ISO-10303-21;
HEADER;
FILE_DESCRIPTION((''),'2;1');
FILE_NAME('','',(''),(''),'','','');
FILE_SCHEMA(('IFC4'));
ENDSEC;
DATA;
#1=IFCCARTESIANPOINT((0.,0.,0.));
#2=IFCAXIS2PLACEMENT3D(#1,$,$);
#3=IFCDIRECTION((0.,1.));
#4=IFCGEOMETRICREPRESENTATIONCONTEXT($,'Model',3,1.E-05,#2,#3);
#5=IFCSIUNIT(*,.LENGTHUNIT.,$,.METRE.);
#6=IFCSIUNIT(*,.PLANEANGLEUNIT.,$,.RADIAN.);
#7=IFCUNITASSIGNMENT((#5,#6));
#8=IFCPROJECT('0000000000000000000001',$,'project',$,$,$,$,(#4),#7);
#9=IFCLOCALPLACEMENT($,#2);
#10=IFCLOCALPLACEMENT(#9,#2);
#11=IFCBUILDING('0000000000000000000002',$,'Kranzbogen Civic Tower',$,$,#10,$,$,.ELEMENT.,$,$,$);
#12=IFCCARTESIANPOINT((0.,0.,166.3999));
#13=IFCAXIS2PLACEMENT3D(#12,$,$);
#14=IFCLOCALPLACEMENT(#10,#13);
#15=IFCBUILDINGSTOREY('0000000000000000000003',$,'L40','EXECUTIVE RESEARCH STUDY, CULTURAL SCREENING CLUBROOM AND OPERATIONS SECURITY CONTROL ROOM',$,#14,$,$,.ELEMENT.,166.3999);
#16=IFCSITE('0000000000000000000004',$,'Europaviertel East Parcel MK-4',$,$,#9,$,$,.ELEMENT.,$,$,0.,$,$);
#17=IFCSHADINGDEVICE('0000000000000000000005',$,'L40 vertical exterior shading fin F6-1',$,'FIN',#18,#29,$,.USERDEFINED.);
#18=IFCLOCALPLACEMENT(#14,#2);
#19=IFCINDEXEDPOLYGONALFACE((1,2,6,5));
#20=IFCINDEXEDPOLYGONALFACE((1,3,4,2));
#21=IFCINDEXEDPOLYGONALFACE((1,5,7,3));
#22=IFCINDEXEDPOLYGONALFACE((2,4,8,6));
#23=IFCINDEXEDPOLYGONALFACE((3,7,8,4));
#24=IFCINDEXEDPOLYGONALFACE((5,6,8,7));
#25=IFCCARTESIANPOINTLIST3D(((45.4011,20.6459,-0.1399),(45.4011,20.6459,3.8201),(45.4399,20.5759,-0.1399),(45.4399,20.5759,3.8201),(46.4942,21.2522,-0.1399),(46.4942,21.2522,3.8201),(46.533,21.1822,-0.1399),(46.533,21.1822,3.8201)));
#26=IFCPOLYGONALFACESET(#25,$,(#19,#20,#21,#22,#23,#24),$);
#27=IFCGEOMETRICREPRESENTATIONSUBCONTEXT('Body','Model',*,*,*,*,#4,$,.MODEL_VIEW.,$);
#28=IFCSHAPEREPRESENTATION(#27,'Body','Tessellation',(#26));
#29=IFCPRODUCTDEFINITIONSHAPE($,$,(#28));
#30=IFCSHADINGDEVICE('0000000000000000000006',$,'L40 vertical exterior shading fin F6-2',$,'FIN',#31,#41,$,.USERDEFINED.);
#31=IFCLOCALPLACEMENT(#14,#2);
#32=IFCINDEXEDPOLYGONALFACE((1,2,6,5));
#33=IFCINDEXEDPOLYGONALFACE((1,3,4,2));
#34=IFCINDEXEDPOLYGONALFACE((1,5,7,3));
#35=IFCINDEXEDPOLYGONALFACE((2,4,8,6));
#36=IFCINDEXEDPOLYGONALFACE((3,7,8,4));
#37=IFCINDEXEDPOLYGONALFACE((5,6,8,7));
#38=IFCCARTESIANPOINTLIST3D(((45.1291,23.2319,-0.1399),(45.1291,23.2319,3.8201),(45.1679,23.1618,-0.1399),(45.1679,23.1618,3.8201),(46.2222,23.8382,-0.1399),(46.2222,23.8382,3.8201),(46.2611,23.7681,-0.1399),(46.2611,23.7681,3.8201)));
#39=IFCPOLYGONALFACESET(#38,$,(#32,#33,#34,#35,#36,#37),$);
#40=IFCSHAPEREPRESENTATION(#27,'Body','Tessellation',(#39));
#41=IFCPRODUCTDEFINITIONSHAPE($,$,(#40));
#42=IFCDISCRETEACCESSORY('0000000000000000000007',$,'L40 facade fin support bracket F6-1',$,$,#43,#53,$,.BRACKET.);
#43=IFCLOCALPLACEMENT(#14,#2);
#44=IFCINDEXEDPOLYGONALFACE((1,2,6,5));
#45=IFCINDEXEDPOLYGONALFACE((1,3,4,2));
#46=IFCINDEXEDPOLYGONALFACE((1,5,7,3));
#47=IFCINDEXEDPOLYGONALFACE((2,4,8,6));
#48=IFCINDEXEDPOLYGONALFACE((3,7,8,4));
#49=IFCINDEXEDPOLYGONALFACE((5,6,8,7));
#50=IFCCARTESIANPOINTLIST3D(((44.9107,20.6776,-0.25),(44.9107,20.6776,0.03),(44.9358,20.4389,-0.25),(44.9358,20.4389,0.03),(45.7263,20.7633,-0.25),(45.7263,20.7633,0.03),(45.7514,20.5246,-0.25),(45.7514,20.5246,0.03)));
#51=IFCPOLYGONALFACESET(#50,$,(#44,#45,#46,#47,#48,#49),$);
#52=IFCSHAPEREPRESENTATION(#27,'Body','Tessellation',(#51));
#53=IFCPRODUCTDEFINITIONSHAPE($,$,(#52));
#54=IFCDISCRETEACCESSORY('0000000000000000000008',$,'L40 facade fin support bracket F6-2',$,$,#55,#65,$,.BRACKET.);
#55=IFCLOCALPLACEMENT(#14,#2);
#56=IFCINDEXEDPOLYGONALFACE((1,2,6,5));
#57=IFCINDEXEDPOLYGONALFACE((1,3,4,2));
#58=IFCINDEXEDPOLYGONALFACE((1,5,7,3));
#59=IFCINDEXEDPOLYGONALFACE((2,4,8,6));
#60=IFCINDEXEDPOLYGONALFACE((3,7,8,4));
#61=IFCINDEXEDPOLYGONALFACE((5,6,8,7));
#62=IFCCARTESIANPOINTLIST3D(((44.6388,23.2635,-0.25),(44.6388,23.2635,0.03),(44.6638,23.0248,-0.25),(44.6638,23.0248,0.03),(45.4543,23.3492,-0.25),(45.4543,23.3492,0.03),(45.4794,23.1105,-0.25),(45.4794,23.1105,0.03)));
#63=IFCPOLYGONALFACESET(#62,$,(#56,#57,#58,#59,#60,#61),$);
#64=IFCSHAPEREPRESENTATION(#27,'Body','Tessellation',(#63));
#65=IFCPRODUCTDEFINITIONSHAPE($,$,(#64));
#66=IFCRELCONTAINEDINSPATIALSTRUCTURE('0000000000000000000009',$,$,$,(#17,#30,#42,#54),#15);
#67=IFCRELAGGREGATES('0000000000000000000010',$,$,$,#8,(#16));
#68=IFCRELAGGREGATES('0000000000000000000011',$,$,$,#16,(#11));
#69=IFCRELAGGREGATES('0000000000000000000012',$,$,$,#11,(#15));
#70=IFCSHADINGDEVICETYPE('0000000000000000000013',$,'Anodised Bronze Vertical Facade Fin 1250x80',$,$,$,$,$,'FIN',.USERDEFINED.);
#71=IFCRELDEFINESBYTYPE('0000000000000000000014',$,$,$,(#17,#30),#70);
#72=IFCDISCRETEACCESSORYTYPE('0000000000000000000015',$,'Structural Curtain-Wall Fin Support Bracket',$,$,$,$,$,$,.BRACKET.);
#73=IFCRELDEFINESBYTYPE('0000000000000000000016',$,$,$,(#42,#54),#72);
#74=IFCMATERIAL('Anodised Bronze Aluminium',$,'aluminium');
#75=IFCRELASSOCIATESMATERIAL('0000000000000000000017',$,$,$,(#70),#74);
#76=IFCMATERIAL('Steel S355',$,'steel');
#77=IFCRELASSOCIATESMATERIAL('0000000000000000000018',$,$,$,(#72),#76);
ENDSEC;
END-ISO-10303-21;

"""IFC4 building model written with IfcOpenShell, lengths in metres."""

from ifc_helpers import new_model, si_unit, direction, frame, origin, origin_2d, place, context, subcontext, project, spatial, rectangle, extrude, material, type_object, element, save


model = new_model("IFC4")

# Units and contexts
model_context = context("Model", 3, precision=1e-05, world=origin(), true_north=direction((0.0, 1.0)))
body_context = subcontext(model_context, "Body", "Model", "MODEL_VIEW")
ifc_project = project(units=[si_unit("LENGTHUNIT", "METRE"), si_unit("PLANEANGLEUNIT", "RADIAN")], contexts=[model_context])

# Site, building, storey
site_placement = place(None, origin())
site = spatial("IfcSite", under=ifc_project, at=site_placement, Name="Europaviertel East Parcel MK-4", CompositionType="ELEMENT", RefElevation=0.0)
building_placement = place(site_placement, origin())
building = spatial("IfcBuilding", under=site, at=building_placement, Name="Kranzbogen Civic Tower", CompositionType="ELEMENT")
storey_placement = place(building_placement, frame((0.0, 0.0, 166.3999)))
storey = spatial("IfcBuildingStorey", under=building, at=storey_placement, Name="L40", Description="EXECUTIVE RESEARCH STUDY, CULTURAL SCREENING CLUBROOM AND OPERATIONS SECURITY CONTROL ROOM", CompositionType="ELEMENT", Elevation=166.3999)

# Shared definitions
ifc_material_1 = material(Name="Steel S355", Category="steel")

# Shading devices
ifc_material_2 = material(Name="Anodised Bronze Aluminium", Category="aluminium")
shading_device_type = type_object("IfcShadingDeviceType", Name="Anodised Bronze Vertical Facade Fin 1250x80", ElementType="FIN", PredefinedType="USERDEFINED", material=ifc_material_2)
for number, where, z_axis, x_axis, name in (
    (1, (45.967, 20.9141, -0.1399), (0.0, 0.0, 1.0), (0.874501, 0.485023, 0.0), "L40 vertical exterior shading fin F6-1"),
    (2, (45.6951, 23.5, -0.1399), (0.0, 0.0, 1.0), (0.874501, 0.485023, 0.0), "L40 vertical exterior shading fin F6-2"),
):
    element("IfcShadingDevice", number, at=place(storey_placement, frame(where, z_axis=z_axis, x_axis=x_axis)), inside=storey, type_object=shading_device_type, Name=name, ObjectType="FIN", PredefinedType="USERDEFINED", context=body_context, shape_type="SweptSolid", body=[
        extrude(rectangle(XDim=1.25, YDim=0.0801, at=origin_2d()), origin(), (0.0, 0.0, 1.0), 3.96),
    ])

# Discrete accessories
discrete_accessory_type = type_object("IfcDiscreteAccessoryType", Name="Structural Curtain-Wall Fin Support Bracket", PredefinedType="BRACKET", material=ifc_material_1)
for number, where, z_axis, x_axis, name in (
    (3, (45.3311, 20.6011, -0.25), (0.0, 0.0, 1.0), (0.994522, 0.104528, 0.0), "L40 facade fin support bracket F6-1"),
    (4, (45.0591, 23.187, -0.25), (0.0, 0.0, 1.0), (0.994522, 0.104528, 0.0), "L40 facade fin support bracket F6-2"),
):
    element("IfcDiscreteAccessory", number, at=place(storey_placement, frame(where, z_axis=z_axis, x_axis=x_axis)), inside=storey, type_object=discrete_accessory_type, Name=name, PredefinedType="BRACKET", context=body_context, shape_type="SweptSolid", body=[
        extrude(rectangle(XDim=0.8201, YDim=0.24, at=origin_2d()), origin(), (0.0, 0.0, 1.0), 0.28),
    ])

save(model, "model.ifc")
